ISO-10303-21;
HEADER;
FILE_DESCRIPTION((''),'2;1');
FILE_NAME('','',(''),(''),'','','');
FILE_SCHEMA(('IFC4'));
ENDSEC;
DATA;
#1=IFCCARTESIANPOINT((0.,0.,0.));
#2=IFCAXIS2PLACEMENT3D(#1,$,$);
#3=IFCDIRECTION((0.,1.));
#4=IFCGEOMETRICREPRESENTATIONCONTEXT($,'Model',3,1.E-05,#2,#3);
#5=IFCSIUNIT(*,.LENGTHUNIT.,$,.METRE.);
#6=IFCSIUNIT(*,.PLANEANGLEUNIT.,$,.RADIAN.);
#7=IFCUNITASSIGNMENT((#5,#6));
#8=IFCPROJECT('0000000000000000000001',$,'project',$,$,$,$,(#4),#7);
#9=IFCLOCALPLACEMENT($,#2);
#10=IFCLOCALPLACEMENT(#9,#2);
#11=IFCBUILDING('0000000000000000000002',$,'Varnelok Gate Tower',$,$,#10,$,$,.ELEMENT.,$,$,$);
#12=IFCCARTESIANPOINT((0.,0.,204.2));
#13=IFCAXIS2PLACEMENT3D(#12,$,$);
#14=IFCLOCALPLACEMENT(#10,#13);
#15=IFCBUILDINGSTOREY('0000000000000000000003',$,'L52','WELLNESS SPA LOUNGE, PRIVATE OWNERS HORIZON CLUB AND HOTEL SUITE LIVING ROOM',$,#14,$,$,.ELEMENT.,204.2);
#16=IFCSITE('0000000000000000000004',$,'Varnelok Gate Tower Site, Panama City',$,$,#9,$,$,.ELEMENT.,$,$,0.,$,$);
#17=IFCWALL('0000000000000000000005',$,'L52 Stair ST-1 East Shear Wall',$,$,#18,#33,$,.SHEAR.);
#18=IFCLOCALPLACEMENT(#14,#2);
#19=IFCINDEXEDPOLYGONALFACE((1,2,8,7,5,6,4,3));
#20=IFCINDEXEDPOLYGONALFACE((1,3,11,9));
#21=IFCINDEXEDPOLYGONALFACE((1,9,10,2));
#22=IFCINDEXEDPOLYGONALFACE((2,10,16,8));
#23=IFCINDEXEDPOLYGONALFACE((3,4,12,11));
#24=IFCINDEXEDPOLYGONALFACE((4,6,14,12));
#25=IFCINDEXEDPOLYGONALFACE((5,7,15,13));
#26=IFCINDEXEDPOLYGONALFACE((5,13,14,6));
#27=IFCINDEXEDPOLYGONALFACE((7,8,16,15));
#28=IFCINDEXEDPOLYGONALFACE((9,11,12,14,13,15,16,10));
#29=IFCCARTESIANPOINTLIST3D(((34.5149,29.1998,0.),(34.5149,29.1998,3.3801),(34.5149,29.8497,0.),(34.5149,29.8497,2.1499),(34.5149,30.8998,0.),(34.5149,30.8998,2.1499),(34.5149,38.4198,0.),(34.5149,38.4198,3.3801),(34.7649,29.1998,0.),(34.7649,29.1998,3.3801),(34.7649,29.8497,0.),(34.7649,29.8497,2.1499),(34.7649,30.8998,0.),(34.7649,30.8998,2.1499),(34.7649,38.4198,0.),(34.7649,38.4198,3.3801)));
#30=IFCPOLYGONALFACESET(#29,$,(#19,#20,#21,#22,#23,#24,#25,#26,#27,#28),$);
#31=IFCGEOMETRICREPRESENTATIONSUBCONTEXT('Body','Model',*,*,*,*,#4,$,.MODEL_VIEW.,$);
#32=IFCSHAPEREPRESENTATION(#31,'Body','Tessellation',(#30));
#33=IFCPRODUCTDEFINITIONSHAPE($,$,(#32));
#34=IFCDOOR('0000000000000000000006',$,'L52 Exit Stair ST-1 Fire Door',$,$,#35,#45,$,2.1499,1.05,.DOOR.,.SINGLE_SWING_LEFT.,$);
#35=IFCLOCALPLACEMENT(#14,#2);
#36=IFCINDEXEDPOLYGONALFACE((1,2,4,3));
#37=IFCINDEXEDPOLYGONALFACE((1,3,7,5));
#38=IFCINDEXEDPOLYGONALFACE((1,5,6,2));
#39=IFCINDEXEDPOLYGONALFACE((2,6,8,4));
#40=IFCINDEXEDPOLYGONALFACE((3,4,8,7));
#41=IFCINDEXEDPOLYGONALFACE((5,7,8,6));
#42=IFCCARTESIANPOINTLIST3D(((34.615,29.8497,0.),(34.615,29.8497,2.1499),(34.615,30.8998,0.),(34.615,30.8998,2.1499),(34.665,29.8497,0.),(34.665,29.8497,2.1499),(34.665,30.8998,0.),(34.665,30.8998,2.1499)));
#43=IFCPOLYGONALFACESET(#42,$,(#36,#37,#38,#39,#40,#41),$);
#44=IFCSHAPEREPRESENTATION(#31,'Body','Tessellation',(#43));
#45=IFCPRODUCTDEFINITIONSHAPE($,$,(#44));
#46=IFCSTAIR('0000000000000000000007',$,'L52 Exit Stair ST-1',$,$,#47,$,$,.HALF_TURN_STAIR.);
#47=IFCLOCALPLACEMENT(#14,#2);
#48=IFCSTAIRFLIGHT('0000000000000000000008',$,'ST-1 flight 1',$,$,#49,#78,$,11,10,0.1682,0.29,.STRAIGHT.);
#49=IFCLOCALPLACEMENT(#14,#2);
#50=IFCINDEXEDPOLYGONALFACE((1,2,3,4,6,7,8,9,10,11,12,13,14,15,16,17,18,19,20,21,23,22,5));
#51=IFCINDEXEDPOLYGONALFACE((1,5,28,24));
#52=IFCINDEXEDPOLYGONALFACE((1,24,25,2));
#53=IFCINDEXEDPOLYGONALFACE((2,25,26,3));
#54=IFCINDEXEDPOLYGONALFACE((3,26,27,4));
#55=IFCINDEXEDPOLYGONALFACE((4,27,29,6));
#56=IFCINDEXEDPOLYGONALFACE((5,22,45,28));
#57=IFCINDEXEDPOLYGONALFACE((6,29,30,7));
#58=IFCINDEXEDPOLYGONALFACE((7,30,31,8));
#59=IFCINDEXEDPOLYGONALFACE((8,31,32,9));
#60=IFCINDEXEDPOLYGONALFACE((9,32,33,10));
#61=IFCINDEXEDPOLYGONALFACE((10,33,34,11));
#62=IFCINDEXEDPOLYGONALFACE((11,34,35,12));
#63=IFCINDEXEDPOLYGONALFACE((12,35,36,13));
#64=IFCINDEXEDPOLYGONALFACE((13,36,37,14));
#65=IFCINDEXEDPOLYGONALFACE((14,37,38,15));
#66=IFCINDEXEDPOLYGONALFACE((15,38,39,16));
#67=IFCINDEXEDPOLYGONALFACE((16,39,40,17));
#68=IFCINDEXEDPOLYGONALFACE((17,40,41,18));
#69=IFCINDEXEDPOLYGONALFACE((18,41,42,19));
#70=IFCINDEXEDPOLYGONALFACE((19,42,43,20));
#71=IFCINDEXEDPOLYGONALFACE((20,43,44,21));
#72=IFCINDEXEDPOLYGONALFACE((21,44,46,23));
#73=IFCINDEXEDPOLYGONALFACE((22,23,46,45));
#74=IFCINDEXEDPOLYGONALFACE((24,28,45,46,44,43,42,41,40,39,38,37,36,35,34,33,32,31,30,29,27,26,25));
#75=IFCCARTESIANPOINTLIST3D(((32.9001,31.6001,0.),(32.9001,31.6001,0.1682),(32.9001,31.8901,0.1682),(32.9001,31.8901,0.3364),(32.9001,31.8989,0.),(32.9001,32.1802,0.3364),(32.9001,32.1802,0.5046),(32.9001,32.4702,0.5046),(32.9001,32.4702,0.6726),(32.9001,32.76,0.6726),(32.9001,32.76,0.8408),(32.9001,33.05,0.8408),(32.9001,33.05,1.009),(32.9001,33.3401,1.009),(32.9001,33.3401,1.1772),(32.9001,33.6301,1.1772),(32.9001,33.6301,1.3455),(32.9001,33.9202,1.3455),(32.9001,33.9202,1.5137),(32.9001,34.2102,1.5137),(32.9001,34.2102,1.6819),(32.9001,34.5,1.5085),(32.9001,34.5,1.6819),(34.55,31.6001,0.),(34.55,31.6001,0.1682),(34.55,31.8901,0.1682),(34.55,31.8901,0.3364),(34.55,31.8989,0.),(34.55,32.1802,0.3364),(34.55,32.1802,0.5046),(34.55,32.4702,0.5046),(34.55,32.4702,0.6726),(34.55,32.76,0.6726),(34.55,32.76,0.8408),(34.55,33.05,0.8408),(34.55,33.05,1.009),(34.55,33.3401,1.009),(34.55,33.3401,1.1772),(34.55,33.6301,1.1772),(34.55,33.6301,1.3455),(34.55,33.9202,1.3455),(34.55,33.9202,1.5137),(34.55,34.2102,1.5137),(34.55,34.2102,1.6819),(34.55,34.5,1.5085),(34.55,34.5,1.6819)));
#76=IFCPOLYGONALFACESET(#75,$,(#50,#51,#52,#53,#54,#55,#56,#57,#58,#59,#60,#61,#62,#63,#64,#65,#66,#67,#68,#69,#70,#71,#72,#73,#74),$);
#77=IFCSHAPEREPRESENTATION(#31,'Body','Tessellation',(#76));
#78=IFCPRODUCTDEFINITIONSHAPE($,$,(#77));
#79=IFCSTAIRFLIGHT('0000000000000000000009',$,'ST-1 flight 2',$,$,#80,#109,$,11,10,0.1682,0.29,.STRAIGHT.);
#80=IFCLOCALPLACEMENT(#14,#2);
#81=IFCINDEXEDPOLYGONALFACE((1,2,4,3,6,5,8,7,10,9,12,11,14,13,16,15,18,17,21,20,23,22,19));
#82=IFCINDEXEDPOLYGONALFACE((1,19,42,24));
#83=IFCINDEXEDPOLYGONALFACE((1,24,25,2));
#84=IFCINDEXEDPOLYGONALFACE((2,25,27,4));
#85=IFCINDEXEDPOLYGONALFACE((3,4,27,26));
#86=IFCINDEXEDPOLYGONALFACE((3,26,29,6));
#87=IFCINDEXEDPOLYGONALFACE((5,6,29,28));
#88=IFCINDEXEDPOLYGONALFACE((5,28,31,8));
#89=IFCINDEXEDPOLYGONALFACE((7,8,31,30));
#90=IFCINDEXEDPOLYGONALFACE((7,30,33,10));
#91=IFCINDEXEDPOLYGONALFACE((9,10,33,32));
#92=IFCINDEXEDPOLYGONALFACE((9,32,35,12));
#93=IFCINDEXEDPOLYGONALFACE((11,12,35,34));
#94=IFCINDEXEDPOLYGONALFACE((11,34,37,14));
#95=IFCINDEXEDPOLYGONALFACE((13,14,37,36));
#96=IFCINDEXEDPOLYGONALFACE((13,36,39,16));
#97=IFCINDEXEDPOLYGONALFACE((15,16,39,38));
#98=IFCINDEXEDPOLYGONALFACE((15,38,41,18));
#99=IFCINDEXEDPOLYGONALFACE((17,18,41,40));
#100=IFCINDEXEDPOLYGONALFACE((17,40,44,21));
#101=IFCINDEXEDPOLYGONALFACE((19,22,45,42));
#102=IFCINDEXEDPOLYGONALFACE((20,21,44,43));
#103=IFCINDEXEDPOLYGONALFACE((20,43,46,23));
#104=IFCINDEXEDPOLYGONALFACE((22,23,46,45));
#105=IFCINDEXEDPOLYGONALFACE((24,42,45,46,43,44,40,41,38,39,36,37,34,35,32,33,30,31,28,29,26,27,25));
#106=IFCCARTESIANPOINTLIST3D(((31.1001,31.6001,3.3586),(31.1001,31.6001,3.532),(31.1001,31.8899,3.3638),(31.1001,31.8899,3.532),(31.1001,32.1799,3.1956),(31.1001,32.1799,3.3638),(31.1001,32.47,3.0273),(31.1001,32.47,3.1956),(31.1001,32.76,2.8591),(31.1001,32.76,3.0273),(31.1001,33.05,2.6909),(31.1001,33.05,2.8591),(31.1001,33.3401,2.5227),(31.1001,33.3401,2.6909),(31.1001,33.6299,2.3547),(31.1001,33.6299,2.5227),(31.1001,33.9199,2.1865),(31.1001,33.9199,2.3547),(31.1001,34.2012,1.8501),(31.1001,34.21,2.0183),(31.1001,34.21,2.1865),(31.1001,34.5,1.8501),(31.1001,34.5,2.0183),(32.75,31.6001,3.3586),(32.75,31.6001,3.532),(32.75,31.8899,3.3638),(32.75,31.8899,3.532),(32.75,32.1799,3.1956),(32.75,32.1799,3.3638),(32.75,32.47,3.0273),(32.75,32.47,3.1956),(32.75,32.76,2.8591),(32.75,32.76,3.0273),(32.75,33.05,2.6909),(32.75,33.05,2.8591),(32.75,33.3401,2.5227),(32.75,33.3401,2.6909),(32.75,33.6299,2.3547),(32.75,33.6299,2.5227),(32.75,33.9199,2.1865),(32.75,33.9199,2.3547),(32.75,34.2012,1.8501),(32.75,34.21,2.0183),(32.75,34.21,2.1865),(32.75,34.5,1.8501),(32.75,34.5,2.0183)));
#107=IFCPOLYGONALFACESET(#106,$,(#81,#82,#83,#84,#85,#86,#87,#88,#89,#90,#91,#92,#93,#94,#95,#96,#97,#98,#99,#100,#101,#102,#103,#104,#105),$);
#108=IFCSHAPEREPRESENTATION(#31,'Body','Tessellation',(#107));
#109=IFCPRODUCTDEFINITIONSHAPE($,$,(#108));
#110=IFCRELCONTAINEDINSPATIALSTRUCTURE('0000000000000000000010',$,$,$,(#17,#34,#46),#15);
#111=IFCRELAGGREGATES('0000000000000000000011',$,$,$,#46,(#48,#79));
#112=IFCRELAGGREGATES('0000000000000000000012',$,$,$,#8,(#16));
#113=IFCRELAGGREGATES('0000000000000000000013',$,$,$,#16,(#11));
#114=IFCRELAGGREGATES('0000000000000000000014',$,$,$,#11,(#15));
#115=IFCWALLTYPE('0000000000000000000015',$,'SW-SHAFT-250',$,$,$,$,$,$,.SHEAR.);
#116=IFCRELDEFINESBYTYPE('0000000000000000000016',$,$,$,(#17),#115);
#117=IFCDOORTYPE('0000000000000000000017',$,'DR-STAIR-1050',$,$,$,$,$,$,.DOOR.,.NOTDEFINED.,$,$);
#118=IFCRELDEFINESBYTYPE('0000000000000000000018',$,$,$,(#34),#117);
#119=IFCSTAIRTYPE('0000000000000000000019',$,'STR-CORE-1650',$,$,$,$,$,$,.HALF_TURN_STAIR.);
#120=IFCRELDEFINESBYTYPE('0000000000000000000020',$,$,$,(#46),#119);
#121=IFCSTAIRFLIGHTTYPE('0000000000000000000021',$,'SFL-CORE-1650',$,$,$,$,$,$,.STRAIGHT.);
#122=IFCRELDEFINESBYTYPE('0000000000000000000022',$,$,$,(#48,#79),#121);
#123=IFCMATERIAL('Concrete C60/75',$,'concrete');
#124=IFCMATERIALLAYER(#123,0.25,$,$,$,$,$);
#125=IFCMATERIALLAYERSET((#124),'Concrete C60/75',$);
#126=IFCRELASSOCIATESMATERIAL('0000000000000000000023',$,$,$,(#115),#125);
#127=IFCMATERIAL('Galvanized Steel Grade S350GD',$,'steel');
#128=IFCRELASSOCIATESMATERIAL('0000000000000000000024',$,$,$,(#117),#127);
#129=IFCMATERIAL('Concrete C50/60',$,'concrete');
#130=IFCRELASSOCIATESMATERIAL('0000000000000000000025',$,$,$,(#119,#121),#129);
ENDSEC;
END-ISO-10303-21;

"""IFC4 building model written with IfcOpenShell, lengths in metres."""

from ifc_helpers import new_model, si_unit, direction, frame, frame_2d, origin, place, context, subcontext, project, spatial, polyline, rectangle, outline, extrude, material, layer, layer_set, type_object, element, fill, aggregate, save


model = new_model("IFC4")

# Units and contexts
model_context = context("Model", 3, precision=1e-05, world=origin(), true_north=direction((0.0, 1.0)))
body_context = subcontext(model_context, "Body", "Model", "MODEL_VIEW")
ifc_project = project(units=[si_unit("LENGTHUNIT", "METRE"), si_unit("PLANEANGLEUNIT", "RADIAN")], contexts=[model_context])

# Site, building, storey
site_placement = place(None, origin())
site = spatial("IfcSite", under=ifc_project, at=site_placement, Name="Varnelok Gate Tower Site, Panama City", CompositionType="ELEMENT", RefElevation=0.0)
building_placement = place(site_placement, origin())
building = spatial("IfcBuilding", under=site, at=building_placement, Name="Varnelok Gate Tower", CompositionType="ELEMENT")
storey_placement = place(building_placement, frame((0.0, 0.0, 204.2)))
storey = spatial("IfcBuildingStorey", under=building, at=storey_placement, Name="L52", Description="WELLNESS SPA LOUNGE, PRIVATE OWNERS HORIZON CLUB AND HOTEL SUITE LIVING ROOM", CompositionType="ELEMENT", Elevation=204.2)

# Shared definitions
ifc_material_1 = material(Name="Concrete C60/75", Category="concrete")

# Shared definitions
ifc_material_2 = material(Name="Galvanized Steel Grade S350GD", Category="steel")

# Wall, opening, door
ifc_layer_1 = layer(ifc_material_1, 0.25)
ifc_layer_set_1 = layer_set([ifc_layer_1], Name="Concrete C60/75")
wall_type_1 = type_object("IfcWallType", Name="SW-SHAFT-250", PredefinedType="SHEAR", material=ifc_layer_set_1)
wall_1_placement = place(storey_placement, frame((34.6399, 29.2, 0.0), z_axis=(0.0, 0.0, 1.0), x_axis=(0.0, 1.0, 0.0)))
wall_1 = element("IfcWall", 1, at=wall_1_placement, inside=storey, type_object=wall_type_1, Name="L52 Stair ST-1 East Shear Wall", PredefinedType="SHEAR", context=body_context, shape_type="SweptSolid", body=[
    extrude(rectangle(XDim=9.22, YDim=0.25, at=frame_2d((4.6099, 0.0))), origin(), (0.0, 0.0, 1.0), 3.3801),
])
opening_1_placement = place(wall_1_placement, frame((0.6499, 0.0, 0.0)))
opening_1 = element("IfcOpeningElement", 2, at=opening_1_placement, cuts=wall_1, PredefinedType="OPENING", context=body_context, shape_type="SweptSolid", body=[
    extrude(rectangle(XDim=1.05, YDim=2.1499, at=frame_2d((0.5249, 1.075))), frame((0.0, 0.135, 0.0), z_axis=(0.0, -1.0, 0.0), x_axis=(1.0, 0.0, 0.0)), (0.0, 0.0, 1.0), 0.27),
])
door_type_1 = type_object("IfcDoorType", Name="DR-STAIR-1050", OperationType="NOTDEFINED", PredefinedType="DOOR", material=ifc_material_2)
door_1_placement = place(opening_1_placement, origin())
door_1 = element("IfcDoor", 3, at=door_1_placement, inside=storey, type_object=door_type_1, Name="L52 Exit Stair ST-1 Fire Door", OperationType="SINGLE_SWING_LEFT", OverallHeight=2.1499, OverallWidth=1.05, PredefinedType="DOOR", context=body_context, shape_type="SweptSolid", body=[
    extrude(rectangle(XDim=1.05, YDim=2.1499, at=frame_2d((0.5249, 1.075))), frame((0.0, 0.0249, 0.0), z_axis=(0.0, -1.0, 0.0), x_axis=(1.0, 0.0, 0.0)), (0.0, 0.0, 1.0), 0.05),
])
fill(opening_1, door_1)

# Stair, stair flights
ifc_material_3 = material(Name="Concrete C50/60", Category="concrete")
stair_type = type_object("IfcStairType", Name="STR-CORE-1650", PredefinedType="HALF_TURN_STAIR", material=ifc_material_3)
stair_placement = place(storey_placement, origin())
stair = element("IfcStair", 4, at=stair_placement, inside=storey, type_object=stair_type, Name="L52 Exit Stair ST-1", PredefinedType="HALF_TURN_STAIR")
stair_flight_type = type_object("IfcStairFlightType", Name="SFL-CORE-1650", PredefinedType="STRAIGHT", material=ifc_material_3)
stair_flight_1_placement = place(storey_placement, frame((33.7251, 31.6001, 0.0), z_axis=(0.0, 0.0, 1.0), x_axis=(0.0, 1.0, 0.0)))
stair_flight_1 = element("IfcStairFlight", 5, at=stair_flight_1_placement, type_object=stair_flight_type, Name="ST-1 flight 1", NumberOfRisers=11, NumberOfTreads=10, PredefinedType="STRAIGHT", RiserHeight=0.1682, TreadLength=0.29, context=body_context, shape_type="SweptSolid", body=[
    extrude(outline(polyline([(0.0, 0.0), (0.0, 0.1682), (0.29, 0.1682), (0.29, 0.3364), (0.5801, 0.3364), (0.5801, 0.5046), (0.8701, 0.5046), (0.8701, 0.6726), (1.1599, 0.6726), (1.1599, 0.8408), (1.45, 0.8408), (1.45, 1.009), (1.74, 1.009), (1.74, 1.1772), (2.03, 1.1772), (2.03, 1.3455), (2.3201, 1.3455), (2.3201, 1.5137), (2.6101, 1.5137), (2.6101, 1.6819), (2.8999, 1.6819), (2.8999, 1.8501), (2.8999, 1.5085), (0.2988, 0.0), (0.0, 0.0)])), frame((0.0, 0.825, 0.0), z_axis=(0.0, -1.0, 0.0), x_axis=(1.0, 0.0, 0.0)), (0.0, 0.0, 1.0), 1.6499),
])
stair_flight_2_placement = place(storey_placement, frame((31.925, 34.5, 1.8501), z_axis=(0.0, 0.0, 1.0), x_axis=(0.0, -1.0, 0.0)))
stair_flight_2 = element("IfcStairFlight", 6, at=stair_flight_2_placement, type_object=stair_flight_type, Name="ST-1 flight 2", NumberOfRisers=11, NumberOfTreads=10, PredefinedType="STRAIGHT", RiserHeight=0.1682, TreadLength=0.29, context=body_context, shape_type="SweptSolid", body=[
    extrude(outline(polyline([(0.0, 0.0), (0.0, 0.1682), (0.29, 0.1682), (0.29, 0.3364), (0.5801, 0.3364), (0.5801, 0.5046), (0.8701, 0.5046), (0.8701, 0.6726), (1.1599, 0.6726), (1.1599, 0.8408), (1.45, 0.8408), (1.45, 1.009), (1.74, 1.009), (1.74, 1.1772), (2.03, 1.1772), (2.03, 1.3455), (2.3201, 1.3455), (2.3201, 1.5137), (2.6101, 1.5137), (2.6101, 1.6819), (2.8999, 1.6819), (2.8999, 1.8501), (2.8999, 1.5085), (0.2988, 0.0), (0.0, 0.0)])), frame((0.0, 0.825, 0.0), z_axis=(0.0, -1.0, 0.0), x_axis=(1.0, 0.0, 0.0)), (0.0, 0.0, 1.0), 1.6499),
])
aggregate(stair, [stair_flight_1, stair_flight_2])

save(model, "model.ifc")
